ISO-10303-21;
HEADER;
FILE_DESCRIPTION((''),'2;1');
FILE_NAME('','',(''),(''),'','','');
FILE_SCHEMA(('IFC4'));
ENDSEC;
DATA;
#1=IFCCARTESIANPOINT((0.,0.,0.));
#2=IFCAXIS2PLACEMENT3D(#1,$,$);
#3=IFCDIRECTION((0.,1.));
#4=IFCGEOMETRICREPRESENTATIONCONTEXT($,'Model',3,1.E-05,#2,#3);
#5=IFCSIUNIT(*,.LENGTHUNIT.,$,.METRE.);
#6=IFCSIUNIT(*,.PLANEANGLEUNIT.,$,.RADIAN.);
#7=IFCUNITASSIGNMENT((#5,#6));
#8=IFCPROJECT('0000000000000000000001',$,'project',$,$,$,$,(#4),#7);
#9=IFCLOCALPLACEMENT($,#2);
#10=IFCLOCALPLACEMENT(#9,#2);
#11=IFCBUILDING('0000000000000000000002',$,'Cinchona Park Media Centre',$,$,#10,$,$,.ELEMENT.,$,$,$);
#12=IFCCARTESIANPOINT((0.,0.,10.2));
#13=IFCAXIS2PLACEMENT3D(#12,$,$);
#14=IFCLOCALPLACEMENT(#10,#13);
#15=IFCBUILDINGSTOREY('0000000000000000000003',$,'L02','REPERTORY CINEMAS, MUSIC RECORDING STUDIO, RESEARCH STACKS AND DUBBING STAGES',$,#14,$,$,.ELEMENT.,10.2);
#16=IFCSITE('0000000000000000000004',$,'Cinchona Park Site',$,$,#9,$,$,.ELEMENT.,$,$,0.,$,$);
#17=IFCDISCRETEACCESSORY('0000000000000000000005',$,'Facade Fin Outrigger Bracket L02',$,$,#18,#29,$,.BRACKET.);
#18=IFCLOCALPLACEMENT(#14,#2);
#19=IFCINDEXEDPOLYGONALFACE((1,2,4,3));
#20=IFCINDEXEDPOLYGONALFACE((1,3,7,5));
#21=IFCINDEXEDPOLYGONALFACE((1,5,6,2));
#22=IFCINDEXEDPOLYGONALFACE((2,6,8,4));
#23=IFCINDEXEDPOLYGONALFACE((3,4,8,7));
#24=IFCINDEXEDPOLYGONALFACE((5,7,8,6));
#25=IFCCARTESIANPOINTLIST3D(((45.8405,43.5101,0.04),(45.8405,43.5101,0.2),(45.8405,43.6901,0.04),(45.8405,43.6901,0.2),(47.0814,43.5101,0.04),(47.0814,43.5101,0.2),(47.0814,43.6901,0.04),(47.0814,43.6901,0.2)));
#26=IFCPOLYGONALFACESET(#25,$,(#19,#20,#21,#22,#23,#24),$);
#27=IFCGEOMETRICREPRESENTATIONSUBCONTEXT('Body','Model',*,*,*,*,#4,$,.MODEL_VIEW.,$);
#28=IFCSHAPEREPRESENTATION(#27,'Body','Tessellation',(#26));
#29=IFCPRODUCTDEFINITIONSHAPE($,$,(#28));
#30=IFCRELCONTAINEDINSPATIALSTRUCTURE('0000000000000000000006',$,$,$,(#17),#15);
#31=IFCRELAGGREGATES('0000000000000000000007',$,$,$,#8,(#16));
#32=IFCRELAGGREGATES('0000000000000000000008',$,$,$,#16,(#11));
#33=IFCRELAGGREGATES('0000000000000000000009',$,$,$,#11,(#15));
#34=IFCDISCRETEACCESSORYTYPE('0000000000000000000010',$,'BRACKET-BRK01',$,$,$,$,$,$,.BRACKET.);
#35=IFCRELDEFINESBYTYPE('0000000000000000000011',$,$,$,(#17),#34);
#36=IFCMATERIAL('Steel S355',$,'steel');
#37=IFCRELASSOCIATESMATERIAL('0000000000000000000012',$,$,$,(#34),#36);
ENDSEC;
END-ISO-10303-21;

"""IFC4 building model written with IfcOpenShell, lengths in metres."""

from ifc_helpers import new_model, si_unit, direction, frame, origin, origin_2d, place, context, subcontext, project, spatial, rectangle, extrude, material, type_object, element, save


model = new_model("IFC4")

# Units and contexts
model_context = context("Model", 3, precision=1e-05, world=origin(), true_north=direction((0.0, 1.0)))
body_context = subcontext(model_context, "Body", "Model", "MODEL_VIEW")
ifc_project = project(units=[si_unit("LENGTHUNIT", "METRE"), si_unit("PLANEANGLEUNIT", "RADIAN")], contexts=[model_context])

# Site, building, storey
site_placement = place(None, origin())
site = spatial("IfcSite", under=ifc_project, at=site_placement, Name="Cinchona Park Site", CompositionType="ELEMENT", RefElevation=0.0)
building_placement = place(site_placement, origin())
building = spatial("IfcBuilding", under=site, at=building_placement, Name="Cinchona Park Media Centre", CompositionType="ELEMENT")
storey_placement = place(building_placement, frame((0.0, 0.0, 10.2)))
storey = spatial("IfcBuildingStorey", under=building, at=storey_placement, Name="L02", Description="REPERTORY CINEMAS, MUSIC RECORDING STUDIO, RESEARCH STACKS AND DUBBING STAGES", CompositionType="ELEMENT", Elevation=10.2)

# Discrete accessory
ifc_material_1 = material(Name="Steel S355", Category="steel")
discrete_accessory_type = type_object("IfcDiscreteAccessoryType", Name="BRACKET-BRK01", PredefinedType="BRACKET", material=ifc_material_1)
discrete_accessory_1_placement = place(storey_placement, frame((46.4609, 43.6001, 0.04), z_axis=(0.0, 0.0, 1.0), x_axis=(0.0, 1.0, 0.0)))
element("IfcDiscreteAccessory", 1, at=discrete_accessory_1_placement, inside=storey, type_object=discrete_accessory_type, Name="Facade Fin Outrigger Bracket L02", PredefinedType="BRACKET", context=body_context, shape_type="SweptSolid", body=[
    extrude(rectangle(XDim=0.1799, YDim=1.241, at=origin_2d()), origin(), (0.0, 0.0, 1.0), 0.1599),
])

save(model, "model.ifc")
